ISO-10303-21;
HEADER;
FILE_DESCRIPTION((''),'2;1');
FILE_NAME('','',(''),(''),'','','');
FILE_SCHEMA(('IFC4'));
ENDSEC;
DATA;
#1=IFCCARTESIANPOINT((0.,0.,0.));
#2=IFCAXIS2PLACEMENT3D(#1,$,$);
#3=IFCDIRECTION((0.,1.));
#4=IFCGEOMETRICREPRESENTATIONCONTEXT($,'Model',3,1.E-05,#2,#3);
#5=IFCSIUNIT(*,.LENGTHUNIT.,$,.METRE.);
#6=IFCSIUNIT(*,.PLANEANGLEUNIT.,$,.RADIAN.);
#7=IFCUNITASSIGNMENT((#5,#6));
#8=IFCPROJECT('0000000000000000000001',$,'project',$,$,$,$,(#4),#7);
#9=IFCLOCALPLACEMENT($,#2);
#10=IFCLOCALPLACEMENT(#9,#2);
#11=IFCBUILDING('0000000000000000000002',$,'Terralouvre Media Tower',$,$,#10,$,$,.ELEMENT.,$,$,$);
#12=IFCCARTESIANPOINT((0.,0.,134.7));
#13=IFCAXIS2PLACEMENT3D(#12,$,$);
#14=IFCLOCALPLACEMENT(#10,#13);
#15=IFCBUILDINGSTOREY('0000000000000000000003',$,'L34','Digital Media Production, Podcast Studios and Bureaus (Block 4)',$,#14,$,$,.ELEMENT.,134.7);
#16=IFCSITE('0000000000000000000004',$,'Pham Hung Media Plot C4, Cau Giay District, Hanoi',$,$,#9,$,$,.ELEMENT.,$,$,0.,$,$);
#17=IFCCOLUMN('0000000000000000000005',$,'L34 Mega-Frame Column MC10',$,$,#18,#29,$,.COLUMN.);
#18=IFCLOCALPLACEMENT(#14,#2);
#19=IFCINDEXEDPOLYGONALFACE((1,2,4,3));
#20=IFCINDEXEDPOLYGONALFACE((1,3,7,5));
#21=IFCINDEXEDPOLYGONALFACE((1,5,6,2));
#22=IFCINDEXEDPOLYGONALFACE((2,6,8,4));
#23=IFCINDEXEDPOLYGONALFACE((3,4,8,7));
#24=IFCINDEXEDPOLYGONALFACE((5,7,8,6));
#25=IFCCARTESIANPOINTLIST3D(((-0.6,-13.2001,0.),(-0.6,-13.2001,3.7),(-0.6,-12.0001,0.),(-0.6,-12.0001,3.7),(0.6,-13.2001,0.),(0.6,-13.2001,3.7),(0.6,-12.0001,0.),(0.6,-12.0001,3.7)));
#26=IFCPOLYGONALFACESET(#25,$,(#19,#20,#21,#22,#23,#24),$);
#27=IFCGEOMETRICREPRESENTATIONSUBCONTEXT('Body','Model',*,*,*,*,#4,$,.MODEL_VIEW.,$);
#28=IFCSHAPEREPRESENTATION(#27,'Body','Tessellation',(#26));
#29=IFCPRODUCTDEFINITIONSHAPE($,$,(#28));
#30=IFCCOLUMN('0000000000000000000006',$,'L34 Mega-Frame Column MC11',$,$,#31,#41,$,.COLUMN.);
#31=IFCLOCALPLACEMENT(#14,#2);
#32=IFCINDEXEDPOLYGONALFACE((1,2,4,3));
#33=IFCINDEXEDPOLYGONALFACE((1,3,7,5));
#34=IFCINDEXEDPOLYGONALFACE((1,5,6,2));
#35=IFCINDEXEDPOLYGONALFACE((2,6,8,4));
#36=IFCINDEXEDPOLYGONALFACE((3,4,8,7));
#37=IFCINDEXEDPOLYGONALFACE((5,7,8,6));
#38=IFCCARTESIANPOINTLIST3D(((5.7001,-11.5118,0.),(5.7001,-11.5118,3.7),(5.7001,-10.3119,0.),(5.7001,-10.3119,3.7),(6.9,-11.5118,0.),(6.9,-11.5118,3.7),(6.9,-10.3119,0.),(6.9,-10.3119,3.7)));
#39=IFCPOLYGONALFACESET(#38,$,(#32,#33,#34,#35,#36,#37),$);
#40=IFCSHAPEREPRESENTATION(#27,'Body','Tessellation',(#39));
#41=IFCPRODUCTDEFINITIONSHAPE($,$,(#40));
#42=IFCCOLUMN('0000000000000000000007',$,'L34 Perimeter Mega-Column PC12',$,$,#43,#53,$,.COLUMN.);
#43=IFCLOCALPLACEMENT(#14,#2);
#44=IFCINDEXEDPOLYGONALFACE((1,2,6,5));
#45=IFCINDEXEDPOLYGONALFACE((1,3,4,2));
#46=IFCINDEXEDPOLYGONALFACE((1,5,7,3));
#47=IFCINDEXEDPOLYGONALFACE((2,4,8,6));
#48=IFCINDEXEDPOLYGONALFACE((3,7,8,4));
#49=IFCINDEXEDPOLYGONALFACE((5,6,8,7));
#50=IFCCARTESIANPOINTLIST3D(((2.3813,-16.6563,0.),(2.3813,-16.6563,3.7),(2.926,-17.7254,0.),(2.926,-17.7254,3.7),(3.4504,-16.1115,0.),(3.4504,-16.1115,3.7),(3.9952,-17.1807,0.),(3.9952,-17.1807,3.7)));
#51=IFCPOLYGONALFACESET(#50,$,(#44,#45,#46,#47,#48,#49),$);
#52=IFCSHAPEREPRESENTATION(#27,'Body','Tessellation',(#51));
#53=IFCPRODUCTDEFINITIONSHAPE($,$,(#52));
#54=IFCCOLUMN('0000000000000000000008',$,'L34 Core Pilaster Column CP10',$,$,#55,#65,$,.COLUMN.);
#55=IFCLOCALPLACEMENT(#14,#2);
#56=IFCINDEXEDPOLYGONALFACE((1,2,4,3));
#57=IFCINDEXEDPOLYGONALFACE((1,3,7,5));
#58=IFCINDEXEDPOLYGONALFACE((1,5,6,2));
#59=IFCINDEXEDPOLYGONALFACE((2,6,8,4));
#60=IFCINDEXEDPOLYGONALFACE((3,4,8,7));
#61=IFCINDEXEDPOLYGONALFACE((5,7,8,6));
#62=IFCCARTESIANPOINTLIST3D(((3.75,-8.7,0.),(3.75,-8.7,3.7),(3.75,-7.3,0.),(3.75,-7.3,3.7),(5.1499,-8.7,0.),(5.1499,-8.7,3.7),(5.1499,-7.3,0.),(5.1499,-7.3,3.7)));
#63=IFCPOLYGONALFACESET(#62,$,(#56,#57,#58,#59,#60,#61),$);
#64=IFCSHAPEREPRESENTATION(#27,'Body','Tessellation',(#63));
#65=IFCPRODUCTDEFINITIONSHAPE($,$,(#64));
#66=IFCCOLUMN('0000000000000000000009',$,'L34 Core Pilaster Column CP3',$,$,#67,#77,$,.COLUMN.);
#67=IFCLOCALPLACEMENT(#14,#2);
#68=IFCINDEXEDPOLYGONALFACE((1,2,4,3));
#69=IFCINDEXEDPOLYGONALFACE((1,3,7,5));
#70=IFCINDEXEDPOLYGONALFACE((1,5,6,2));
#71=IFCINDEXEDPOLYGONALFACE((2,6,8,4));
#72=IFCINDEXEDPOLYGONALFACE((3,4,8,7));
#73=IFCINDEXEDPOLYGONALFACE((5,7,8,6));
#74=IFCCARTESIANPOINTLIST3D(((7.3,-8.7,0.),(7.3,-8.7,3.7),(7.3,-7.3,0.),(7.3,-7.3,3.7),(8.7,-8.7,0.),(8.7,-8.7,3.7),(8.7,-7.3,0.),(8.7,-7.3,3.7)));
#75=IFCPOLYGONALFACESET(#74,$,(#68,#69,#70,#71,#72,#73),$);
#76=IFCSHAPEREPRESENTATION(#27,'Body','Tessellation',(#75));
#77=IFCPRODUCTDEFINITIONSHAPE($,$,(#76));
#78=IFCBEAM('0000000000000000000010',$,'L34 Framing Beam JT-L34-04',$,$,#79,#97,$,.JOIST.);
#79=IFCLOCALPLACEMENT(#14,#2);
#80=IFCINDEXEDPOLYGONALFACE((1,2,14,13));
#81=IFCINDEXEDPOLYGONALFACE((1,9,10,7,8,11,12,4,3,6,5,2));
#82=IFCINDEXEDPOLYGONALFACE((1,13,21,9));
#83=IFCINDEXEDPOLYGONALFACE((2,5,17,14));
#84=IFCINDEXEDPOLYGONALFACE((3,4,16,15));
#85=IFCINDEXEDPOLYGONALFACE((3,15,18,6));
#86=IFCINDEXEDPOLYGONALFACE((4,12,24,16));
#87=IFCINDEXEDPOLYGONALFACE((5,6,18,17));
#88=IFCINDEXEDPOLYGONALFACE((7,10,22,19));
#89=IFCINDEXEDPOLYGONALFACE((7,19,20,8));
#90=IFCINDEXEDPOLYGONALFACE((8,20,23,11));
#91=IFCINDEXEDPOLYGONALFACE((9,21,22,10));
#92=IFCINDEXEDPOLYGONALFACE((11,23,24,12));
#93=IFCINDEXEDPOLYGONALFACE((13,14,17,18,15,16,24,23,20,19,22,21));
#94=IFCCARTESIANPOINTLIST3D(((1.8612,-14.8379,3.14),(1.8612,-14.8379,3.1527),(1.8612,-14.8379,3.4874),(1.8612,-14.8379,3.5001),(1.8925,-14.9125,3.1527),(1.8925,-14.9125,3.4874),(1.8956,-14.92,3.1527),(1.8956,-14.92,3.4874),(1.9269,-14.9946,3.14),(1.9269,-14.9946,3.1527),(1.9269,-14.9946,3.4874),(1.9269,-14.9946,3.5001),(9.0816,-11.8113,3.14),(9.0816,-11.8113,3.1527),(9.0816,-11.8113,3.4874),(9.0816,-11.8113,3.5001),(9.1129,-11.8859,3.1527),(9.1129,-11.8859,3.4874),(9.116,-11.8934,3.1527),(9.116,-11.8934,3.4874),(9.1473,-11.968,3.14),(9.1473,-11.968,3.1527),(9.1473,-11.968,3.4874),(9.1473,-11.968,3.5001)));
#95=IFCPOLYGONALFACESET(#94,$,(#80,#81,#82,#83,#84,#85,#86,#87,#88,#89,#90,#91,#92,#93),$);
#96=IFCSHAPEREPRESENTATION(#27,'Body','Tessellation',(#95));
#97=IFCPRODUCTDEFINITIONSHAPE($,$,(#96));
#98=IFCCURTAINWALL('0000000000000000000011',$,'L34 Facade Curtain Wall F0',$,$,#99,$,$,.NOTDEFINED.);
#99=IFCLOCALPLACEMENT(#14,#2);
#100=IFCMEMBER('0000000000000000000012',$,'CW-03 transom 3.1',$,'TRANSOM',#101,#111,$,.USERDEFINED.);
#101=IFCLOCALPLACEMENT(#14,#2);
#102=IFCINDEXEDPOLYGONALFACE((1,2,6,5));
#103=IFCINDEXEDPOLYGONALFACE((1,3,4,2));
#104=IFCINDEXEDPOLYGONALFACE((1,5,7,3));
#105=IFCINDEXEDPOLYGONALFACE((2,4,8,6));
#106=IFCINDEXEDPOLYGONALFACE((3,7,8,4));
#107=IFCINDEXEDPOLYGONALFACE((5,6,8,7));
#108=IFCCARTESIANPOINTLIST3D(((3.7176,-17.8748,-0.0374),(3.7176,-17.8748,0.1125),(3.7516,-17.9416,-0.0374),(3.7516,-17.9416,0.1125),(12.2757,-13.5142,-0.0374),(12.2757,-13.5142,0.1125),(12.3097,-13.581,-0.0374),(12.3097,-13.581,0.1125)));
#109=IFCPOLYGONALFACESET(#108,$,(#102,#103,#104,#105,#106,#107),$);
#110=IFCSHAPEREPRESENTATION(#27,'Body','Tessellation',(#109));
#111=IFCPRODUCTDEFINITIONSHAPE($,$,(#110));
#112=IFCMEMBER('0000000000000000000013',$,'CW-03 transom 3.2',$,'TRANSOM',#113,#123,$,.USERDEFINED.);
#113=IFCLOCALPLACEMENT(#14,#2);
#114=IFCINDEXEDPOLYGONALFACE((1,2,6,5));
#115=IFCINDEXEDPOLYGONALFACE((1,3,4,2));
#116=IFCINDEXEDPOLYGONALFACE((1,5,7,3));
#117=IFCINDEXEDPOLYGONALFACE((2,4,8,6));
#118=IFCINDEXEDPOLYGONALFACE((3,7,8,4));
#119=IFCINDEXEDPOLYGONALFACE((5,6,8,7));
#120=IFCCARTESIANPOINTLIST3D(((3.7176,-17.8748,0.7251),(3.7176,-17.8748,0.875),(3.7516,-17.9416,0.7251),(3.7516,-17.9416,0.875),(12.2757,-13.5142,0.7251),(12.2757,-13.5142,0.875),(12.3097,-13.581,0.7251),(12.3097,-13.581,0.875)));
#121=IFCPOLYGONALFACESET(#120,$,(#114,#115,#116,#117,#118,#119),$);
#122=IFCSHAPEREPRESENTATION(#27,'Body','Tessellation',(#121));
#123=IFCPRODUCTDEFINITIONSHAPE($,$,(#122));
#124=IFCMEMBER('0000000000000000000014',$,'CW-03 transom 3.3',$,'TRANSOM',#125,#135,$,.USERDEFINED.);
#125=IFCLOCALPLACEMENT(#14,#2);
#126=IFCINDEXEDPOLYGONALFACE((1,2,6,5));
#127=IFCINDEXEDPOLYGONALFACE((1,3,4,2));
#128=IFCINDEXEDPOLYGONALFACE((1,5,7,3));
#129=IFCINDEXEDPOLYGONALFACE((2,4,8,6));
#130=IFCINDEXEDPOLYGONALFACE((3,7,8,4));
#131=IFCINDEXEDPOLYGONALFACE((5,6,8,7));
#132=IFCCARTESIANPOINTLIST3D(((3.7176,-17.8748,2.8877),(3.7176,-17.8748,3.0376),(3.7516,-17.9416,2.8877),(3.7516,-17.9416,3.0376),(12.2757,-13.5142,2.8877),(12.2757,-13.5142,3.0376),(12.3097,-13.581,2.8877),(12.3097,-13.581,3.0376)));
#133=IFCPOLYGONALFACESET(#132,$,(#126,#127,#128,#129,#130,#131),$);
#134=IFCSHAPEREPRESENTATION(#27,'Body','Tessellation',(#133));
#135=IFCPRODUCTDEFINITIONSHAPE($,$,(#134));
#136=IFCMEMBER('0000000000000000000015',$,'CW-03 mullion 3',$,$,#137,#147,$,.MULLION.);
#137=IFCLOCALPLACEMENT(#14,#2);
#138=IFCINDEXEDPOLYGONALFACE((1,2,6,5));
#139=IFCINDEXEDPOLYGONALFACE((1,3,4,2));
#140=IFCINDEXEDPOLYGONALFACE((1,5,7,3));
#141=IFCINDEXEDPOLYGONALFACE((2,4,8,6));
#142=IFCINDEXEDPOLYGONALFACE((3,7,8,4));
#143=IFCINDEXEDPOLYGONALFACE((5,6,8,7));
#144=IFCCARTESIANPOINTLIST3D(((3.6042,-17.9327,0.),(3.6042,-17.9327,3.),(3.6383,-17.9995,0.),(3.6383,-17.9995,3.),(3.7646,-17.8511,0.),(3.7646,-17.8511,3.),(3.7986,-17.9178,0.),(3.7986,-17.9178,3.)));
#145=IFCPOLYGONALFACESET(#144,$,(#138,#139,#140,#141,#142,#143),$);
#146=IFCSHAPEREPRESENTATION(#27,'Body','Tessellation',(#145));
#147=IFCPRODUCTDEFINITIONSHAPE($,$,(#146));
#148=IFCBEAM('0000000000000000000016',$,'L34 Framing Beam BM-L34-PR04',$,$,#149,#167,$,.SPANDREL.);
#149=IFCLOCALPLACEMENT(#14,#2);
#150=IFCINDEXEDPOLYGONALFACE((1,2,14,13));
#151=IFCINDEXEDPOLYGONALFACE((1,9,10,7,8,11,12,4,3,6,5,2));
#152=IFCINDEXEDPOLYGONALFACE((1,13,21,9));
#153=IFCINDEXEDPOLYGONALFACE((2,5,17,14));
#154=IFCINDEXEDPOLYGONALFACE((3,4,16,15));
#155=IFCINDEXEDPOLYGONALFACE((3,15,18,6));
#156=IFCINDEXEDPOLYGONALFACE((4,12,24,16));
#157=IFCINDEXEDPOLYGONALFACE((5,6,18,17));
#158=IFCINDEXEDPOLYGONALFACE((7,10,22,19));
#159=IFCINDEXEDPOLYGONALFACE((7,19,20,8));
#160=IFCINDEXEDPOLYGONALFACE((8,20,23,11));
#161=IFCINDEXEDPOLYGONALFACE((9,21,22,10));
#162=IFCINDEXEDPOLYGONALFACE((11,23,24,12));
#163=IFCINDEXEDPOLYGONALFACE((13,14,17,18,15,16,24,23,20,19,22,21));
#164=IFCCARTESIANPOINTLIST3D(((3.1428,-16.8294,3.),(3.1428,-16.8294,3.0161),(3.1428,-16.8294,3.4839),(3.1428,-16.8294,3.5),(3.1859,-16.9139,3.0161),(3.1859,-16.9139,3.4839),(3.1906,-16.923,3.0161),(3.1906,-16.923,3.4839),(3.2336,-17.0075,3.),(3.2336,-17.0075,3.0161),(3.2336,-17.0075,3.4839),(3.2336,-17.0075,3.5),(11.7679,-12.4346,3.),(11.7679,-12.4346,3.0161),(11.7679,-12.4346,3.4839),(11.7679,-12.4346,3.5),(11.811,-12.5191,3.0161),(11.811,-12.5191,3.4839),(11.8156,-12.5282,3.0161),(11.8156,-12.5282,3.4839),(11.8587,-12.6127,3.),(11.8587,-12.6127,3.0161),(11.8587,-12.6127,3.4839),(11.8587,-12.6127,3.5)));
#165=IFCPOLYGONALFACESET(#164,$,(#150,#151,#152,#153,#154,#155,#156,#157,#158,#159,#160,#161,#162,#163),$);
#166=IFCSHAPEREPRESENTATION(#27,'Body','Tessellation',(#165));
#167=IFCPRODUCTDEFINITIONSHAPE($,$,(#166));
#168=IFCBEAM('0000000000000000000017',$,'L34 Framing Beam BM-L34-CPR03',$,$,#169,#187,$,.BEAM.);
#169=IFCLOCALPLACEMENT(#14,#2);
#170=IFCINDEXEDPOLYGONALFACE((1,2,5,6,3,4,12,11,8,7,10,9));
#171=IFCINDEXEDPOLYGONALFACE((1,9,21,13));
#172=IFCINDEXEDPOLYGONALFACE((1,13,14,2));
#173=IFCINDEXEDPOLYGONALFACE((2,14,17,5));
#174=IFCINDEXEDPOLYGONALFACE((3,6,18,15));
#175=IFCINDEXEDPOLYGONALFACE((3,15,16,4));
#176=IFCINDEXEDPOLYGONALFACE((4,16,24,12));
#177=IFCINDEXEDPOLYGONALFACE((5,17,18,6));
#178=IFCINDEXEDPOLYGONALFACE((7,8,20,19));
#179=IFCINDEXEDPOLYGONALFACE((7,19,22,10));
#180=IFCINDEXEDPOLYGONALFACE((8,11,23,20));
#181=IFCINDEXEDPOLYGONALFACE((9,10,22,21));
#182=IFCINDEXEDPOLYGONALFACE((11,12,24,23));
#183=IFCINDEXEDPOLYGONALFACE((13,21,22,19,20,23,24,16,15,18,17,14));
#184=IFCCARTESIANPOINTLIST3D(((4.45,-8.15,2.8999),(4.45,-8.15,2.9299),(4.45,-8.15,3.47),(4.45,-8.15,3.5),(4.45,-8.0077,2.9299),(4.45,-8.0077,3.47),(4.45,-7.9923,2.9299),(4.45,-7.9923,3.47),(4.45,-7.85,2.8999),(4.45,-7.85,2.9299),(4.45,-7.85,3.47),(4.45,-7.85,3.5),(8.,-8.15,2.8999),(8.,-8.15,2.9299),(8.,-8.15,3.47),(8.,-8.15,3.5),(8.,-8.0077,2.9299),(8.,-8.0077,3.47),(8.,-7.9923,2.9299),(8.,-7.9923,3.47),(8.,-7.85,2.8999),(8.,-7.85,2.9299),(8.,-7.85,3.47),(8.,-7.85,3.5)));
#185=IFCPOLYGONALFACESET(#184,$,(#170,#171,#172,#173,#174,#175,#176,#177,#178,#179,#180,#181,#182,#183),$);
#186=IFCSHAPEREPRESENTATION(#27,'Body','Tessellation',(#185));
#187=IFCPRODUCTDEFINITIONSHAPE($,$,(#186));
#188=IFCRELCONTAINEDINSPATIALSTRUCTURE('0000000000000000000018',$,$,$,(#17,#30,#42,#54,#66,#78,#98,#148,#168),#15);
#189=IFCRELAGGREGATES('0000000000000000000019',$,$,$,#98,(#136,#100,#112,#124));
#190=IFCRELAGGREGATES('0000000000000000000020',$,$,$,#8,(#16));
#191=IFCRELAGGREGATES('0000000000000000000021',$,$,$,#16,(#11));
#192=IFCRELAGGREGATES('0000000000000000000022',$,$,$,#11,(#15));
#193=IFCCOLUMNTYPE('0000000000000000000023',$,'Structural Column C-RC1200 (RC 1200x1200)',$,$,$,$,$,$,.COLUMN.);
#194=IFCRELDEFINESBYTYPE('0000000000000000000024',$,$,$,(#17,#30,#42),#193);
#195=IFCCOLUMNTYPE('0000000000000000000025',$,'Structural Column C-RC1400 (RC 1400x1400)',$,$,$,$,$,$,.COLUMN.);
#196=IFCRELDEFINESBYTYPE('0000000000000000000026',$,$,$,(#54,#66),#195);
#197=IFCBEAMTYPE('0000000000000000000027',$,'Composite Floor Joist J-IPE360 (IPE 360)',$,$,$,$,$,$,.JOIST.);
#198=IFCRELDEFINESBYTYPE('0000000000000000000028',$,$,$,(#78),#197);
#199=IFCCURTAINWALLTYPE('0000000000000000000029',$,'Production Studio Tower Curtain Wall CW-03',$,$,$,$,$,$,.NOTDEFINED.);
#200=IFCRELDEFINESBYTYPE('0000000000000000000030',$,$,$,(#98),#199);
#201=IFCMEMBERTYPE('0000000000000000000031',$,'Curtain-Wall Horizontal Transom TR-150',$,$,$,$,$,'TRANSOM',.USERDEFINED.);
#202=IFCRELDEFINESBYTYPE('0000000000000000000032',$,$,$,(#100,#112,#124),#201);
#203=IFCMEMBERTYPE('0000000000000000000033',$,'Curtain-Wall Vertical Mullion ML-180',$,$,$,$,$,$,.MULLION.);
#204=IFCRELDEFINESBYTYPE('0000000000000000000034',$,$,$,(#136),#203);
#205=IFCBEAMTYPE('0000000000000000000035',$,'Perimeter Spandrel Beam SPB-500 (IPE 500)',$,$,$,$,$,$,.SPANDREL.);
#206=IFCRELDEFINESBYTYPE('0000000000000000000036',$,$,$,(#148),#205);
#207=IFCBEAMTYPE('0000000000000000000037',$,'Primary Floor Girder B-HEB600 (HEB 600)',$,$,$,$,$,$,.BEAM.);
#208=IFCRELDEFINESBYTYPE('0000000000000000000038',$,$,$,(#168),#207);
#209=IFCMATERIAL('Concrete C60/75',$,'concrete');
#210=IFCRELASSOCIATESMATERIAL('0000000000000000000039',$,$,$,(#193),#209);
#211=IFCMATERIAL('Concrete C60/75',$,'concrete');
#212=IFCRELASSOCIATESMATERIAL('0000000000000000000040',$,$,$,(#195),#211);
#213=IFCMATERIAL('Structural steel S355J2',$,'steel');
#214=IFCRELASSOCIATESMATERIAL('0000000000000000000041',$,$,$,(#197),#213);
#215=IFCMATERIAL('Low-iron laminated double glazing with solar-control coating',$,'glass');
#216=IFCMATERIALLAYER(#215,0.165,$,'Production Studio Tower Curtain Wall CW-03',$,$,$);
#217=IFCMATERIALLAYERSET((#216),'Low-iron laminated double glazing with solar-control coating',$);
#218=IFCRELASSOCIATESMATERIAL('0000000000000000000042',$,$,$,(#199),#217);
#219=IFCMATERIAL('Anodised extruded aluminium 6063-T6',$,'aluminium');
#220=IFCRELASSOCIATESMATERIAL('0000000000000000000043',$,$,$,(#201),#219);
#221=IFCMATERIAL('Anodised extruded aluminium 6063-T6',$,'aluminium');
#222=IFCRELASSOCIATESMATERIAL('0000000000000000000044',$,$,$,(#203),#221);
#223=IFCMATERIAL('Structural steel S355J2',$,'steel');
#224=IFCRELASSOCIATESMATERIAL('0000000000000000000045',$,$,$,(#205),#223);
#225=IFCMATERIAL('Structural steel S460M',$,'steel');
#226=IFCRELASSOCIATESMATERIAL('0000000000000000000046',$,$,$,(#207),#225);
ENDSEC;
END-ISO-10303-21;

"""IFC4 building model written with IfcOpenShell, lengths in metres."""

from ifc_helpers import new_model, si_unit, direction, frame, origin, origin_2d, place, context, subcontext, project, spatial, rectangle, i_section, extrude, material, layer, layer_set, material_profile, profile_set, type_object, element, aggregate, save


model = new_model("IFC4")

# Units and contexts
model_context = context("Model", 3, precision=1e-05, world=origin(), true_north=direction((0.0, 1.0)))
body_context = subcontext(model_context, "Body", "Model", "MODEL_VIEW")
ifc_project = project(units=[si_unit("LENGTHUNIT", "METRE"), si_unit("PLANEANGLEUNIT", "RADIAN")], contexts=[model_context])

# Site, building, storey
site_placement = place(None, origin())
site = spatial("IfcSite", under=ifc_project, at=site_placement, Name="Pham Hung Media Plot C4, Cau Giay District, Hanoi", CompositionType="ELEMENT", RefElevation=0.0)
building_placement = place(site_placement, origin())
building = spatial("IfcBuilding", under=site, at=building_placement, Name="Terralouvre Media Tower", CompositionType="ELEMENT")
storey_placement = place(building_placement, frame((0.0, 0.0, 134.7)))
storey = spatial("IfcBuildingStorey", under=building, at=storey_placement, Name="L34", Description="Digital Media Production, Podcast Studios and Bureaus (Block 4)", CompositionType="ELEMENT", Elevation=134.7)

# Columns
ifc_material_1 = material(Name="Concrete C60/75", Category="concrete")
ifc_material_profile_1 = material_profile(ifc_material_1, rectangle(XDim=1.2, YDim=1.2, at=origin_2d()), Name="RC 1200x1200")
ifc_profile_set_1 = profile_set([ifc_material_profile_1], Name="Concrete C60/75")
column_type_1 = type_object("IfcColumnType", Name="Structural Column C-RC1200 (RC 1200x1200)", PredefinedType="COLUMN", material=ifc_profile_set_1)
for number, where, z_axis, x_axis, name in (
    (1, (0.0, -12.6001, 0.0), (0.0, 0.0, 1.0), (1.0, 0.0, 0.0), "L34 Mega-Frame Column MC10"),
    (2, (6.3, -10.9119, 0.0), (0.0, 0.0, 1.0), (1.0, 0.0, 0.0), "L34 Mega-Frame Column MC11"),
    (3, (3.1882, -16.9185, 0.0), (0.0, 0.0, 1.0), (0.891007, 0.45399, 0.0), "L34 Perimeter Mega-Column PC12"),
):
    element("IfcColumn", number, at=place(storey_placement, frame(where, z_axis=z_axis, x_axis=x_axis)), inside=storey, type_object=column_type_1, Name=name, PredefinedType="COLUMN", context=body_context, shape_type="SweptSolid", body=[
        extrude(rectangle(XDim=1.2, YDim=1.2, at=origin_2d()), origin(), (0.0, 0.0, 1.0), 3.7),
    ])
ifc_material_2 = material(Name="Concrete C60/75", Category="concrete")
ifc_material_profile_2 = material_profile(ifc_material_2, rectangle(XDim=1.3999, YDim=1.3999, at=origin_2d()), Name="RC 1400x1400")
ifc_profile_set_2 = profile_set([ifc_material_profile_2], Name="Concrete C60/75")
column_type_2 = type_object("IfcColumnType", Name="Structural Column C-RC1400 (RC 1400x1400)", PredefinedType="COLUMN", material=ifc_profile_set_2)
for number, where, z_axis, x_axis, name in (
    (4, (4.45, -8.0, 0.0), (0.0, 0.0, 1.0), (1.0, 0.0, 0.0), "L34 Core Pilaster Column CP10"),
    (5, (8.0, -8.0, 0.0), (0.0, 0.0, 1.0), (1.0, 0.0, 0.0), "L34 Core Pilaster Column CP3"),
):
    element("IfcColumn", number, at=place(storey_placement, frame(where, z_axis=z_axis, x_axis=x_axis)), inside=storey, type_object=column_type_2, Name=name, PredefinedType="COLUMN", context=body_context, shape_type="SweptSolid", body=[
        extrude(rectangle(XDim=1.3999, YDim=1.3999, at=origin_2d()), origin(), (0.0, 0.0, 1.0), 3.7),
    ])

# Beam
ifc_material_3 = material(Name="Structural steel S355J2", Category="steel")
ifc_material_profile_3 = material_profile(ifc_material_3, i_section(OverallWidth=0.1699, OverallDepth=0.3601, WebThickness=0.0081, FlangeThickness=0.0127, at=origin_2d()), Name="IPE 360")
ifc_profile_set_3 = profile_set([ifc_material_profile_3], Name="Structural steel S355J2")
beam_type_1 = type_object("IfcBeamType", Name="Composite Floor Joist J-IPE360 (IPE 360)", PredefinedType="JOIST", material=ifc_profile_set_3)
beam_1_placement = place(storey_placement, frame((1.894, -14.9163, 3.3201), z_axis=(0.922255, 0.386583, 0.0), x_axis=(-0.386583, 0.922255, 0.0)))
element("IfcBeam", 6, at=beam_1_placement, inside=storey, type_object=beam_type_1, Name="L34 Framing Beam JT-L34-04", PredefinedType="JOIST", context=body_context, shape_type="SweptSolid", body=[
    extrude(i_section(OverallWidth=0.1699, OverallDepth=0.3601, WebThickness=0.0081, FlangeThickness=0.0127, at=origin_2d()), origin(), (0.0, 0.0, 1.0), 7.8291),
])

# Curtain wall, members
ifc_material_4 = material(Name="Low-iron laminated double glazing with solar-control coating", Category="glass")
ifc_layer_1 = layer(ifc_material_4, 0.165, Name="Production Studio Tower Curtain Wall CW-03")
ifc_layer_set_1 = layer_set([ifc_layer_1], Name="Low-iron laminated double glazing with solar-control coating")
curtain_wall_type = type_object("IfcCurtainWallType", Name="Production Studio Tower Curtain Wall CW-03", PredefinedType="NOTDEFINED", material=ifc_layer_set_1)
curtain_wall_placement = place(storey_placement, origin())
curtain_wall = element("IfcCurtainWall", 7, at=curtain_wall_placement, inside=storey, type_object=curtain_wall_type, Name="L34 Facade Curtain Wall F0", PredefinedType="NOTDEFINED")
ifc_material_5 = material(Name="Anodised extruded aluminium 6063-T6", Category="aluminium")
ifc_material_profile_4 = material_profile(ifc_material_5, rectangle(XDim=0.075, YDim=0.1499, at=origin_2d()), Name="ALU 75x150")
ifc_profile_set_4 = profile_set([ifc_material_profile_4], Name="Anodised extruded aluminium 6063-T6")
member_type_1 = type_object("IfcMemberType", Name="Curtain-Wall Horizontal Transom TR-150", ElementType="TRANSOM", PredefinedType="USERDEFINED", material=ifc_profile_set_4)
member_1_placement = place(storey_placement, frame((3.7346, -17.9082, 0.0376), z_axis=(0.891006, 0.453992, 0.0), x_axis=(-0.453992, 0.891006, 0.0)))
member_1 = element("IfcMember", 8, at=member_1_placement, type_object=member_type_1, Name="CW-03 transom 3.1", ObjectType="TRANSOM", PredefinedType="USERDEFINED", context=body_context, shape_type="SweptSolid", body=[
    extrude(rectangle(XDim=0.075, YDim=0.1499, at=origin_2d()), origin(), (0.0, 0.0, 1.0), 9.605),
])
member_2_placement = place(storey_placement, frame((3.7346, -17.9082, 0.8), z_axis=(0.891006, 0.453992, 0.0), x_axis=(-0.453992, 0.891006, 0.0)))
member_2 = element("IfcMember", 9, at=member_2_placement, type_object=member_type_1, Name="CW-03 transom 3.2", ObjectType="TRANSOM", PredefinedType="USERDEFINED", context=body_context, shape_type="SweptSolid", body=[
    extrude(rectangle(XDim=0.075, YDim=0.1499, at=origin_2d()), origin(), (0.0, 0.0, 1.0), 9.605),
])
member_3_placement = place(storey_placement, frame((3.7346, -17.9082, 2.9626), z_axis=(0.891006, 0.453992, 0.0), x_axis=(-0.453992, 0.891006, 0.0)))
member_3 = element("IfcMember", 10, at=member_3_placement, type_object=member_type_1, Name="CW-03 transom 3.3", ObjectType="TRANSOM", PredefinedType="USERDEFINED", context=body_context, shape_type="SweptSolid", body=[
    extrude(rectangle(XDim=0.075, YDim=0.1499, at=origin_2d()), origin(), (0.0, 0.0, 1.0), 9.605),
])
ifc_material_6 = material(Name="Anodised extruded aluminium 6063-T6", Category="aluminium")
ifc_material_profile_5 = material_profile(ifc_material_6, rectangle(XDim=0.075, YDim=0.1799, at=origin_2d()), Name="ALU 75x180")
ifc_profile_set_5 = profile_set([ifc_material_profile_5], Name="Anodised extruded aluminium 6063-T6")
member_type_2 = type_object("IfcMemberType", Name="Curtain-Wall Vertical Mullion ML-180", PredefinedType="MULLION", material=ifc_profile_set_5)
member_4_placement = place(storey_placement, frame((3.7014, -17.9253, 0.0), z_axis=(0.0, 0.0, 1.0), x_axis=(-0.453991, 0.891007, 0.0)))
member_4 = element("IfcMember", 11, at=member_4_placement, type_object=member_type_2, Name="CW-03 mullion 3", PredefinedType="MULLION", context=body_context, shape_type="SweptSolid", body=[
    extrude(rectangle(XDim=0.075, YDim=0.1799, at=origin_2d()), origin(), (0.0, 0.0, 1.0), 3.0),
])

# Beams
ifc_material_7 = material(Name="Structural steel S355J2", Category="steel")
ifc_material_profile_6 = material_profile(ifc_material_7, i_section(OverallWidth=0.2, OverallDepth=0.5, WebThickness=0.0103, FlangeThickness=0.0161, at=origin_2d()), Name="IPE 500")
ifc_profile_set_6 = profile_set([ifc_material_profile_6], Name="Structural steel S355J2")
beam_type_2 = type_object("IfcBeamType", Name="Perimeter Spandrel Beam SPB-500 (IPE 500)", PredefinedType="SPANDREL", material=ifc_profile_set_6)
beam_2_placement = place(storey_placement, frame((3.1882, -16.9185, 3.25), z_axis=(0.891002, 0.454, 0.0), x_axis=(-0.454, 0.891002, 0.0)))
element("IfcBeam", 12, at=beam_2_placement, inside=storey, type_object=beam_type_2, Name="L34 Framing Beam BM-L34-PR04", PredefinedType="SPANDREL", context=body_context, shape_type="SweptSolid", body=[
    extrude(i_section(OverallWidth=0.2, OverallDepth=0.5, WebThickness=0.0103, FlangeThickness=0.0161, at=origin_2d()), origin(), (0.0, 0.0, 1.0), 9.6802),
])
ifc_material_8 = material(Name="Structural steel S460M", Category="steel")
ifc_material_profile_7 = material_profile(ifc_material_8, i_section(OverallWidth=0.3, OverallDepth=0.6001, WebThickness=0.0154, FlangeThickness=0.03, at=origin_2d()), Name="HEB 600")
ifc_profile_set_7 = profile_set([ifc_material_profile_7], Name="Structural steel S460M")
beam_type_3 = type_object("IfcBeamType", Name="Primary Floor Girder B-HEB600 (HEB 600)", PredefinedType="BEAM", material=ifc_profile_set_7)
beam_3_placement = place(storey_placement, frame((4.45, -8.0, 3.2), z_axis=(1.0, 0.0, 0.0), x_axis=(0.0, 1.0, 0.0)))
element("IfcBeam", 13, at=beam_3_placement, inside=storey, type_object=beam_type_3, Name="L34 Framing Beam BM-L34-CPR03", PredefinedType="BEAM", context=body_context, shape_type="SweptSolid", body=[
    extrude(i_section(OverallWidth=0.3, OverallDepth=0.6001, WebThickness=0.0154, FlangeThickness=0.03, at=origin_2d()), origin(), (0.0, 0.0, 1.0), 3.55),
])

aggregate(curtain_wall, [member_4, member_1, member_2, member_3])

save(model, "model.ifc")
